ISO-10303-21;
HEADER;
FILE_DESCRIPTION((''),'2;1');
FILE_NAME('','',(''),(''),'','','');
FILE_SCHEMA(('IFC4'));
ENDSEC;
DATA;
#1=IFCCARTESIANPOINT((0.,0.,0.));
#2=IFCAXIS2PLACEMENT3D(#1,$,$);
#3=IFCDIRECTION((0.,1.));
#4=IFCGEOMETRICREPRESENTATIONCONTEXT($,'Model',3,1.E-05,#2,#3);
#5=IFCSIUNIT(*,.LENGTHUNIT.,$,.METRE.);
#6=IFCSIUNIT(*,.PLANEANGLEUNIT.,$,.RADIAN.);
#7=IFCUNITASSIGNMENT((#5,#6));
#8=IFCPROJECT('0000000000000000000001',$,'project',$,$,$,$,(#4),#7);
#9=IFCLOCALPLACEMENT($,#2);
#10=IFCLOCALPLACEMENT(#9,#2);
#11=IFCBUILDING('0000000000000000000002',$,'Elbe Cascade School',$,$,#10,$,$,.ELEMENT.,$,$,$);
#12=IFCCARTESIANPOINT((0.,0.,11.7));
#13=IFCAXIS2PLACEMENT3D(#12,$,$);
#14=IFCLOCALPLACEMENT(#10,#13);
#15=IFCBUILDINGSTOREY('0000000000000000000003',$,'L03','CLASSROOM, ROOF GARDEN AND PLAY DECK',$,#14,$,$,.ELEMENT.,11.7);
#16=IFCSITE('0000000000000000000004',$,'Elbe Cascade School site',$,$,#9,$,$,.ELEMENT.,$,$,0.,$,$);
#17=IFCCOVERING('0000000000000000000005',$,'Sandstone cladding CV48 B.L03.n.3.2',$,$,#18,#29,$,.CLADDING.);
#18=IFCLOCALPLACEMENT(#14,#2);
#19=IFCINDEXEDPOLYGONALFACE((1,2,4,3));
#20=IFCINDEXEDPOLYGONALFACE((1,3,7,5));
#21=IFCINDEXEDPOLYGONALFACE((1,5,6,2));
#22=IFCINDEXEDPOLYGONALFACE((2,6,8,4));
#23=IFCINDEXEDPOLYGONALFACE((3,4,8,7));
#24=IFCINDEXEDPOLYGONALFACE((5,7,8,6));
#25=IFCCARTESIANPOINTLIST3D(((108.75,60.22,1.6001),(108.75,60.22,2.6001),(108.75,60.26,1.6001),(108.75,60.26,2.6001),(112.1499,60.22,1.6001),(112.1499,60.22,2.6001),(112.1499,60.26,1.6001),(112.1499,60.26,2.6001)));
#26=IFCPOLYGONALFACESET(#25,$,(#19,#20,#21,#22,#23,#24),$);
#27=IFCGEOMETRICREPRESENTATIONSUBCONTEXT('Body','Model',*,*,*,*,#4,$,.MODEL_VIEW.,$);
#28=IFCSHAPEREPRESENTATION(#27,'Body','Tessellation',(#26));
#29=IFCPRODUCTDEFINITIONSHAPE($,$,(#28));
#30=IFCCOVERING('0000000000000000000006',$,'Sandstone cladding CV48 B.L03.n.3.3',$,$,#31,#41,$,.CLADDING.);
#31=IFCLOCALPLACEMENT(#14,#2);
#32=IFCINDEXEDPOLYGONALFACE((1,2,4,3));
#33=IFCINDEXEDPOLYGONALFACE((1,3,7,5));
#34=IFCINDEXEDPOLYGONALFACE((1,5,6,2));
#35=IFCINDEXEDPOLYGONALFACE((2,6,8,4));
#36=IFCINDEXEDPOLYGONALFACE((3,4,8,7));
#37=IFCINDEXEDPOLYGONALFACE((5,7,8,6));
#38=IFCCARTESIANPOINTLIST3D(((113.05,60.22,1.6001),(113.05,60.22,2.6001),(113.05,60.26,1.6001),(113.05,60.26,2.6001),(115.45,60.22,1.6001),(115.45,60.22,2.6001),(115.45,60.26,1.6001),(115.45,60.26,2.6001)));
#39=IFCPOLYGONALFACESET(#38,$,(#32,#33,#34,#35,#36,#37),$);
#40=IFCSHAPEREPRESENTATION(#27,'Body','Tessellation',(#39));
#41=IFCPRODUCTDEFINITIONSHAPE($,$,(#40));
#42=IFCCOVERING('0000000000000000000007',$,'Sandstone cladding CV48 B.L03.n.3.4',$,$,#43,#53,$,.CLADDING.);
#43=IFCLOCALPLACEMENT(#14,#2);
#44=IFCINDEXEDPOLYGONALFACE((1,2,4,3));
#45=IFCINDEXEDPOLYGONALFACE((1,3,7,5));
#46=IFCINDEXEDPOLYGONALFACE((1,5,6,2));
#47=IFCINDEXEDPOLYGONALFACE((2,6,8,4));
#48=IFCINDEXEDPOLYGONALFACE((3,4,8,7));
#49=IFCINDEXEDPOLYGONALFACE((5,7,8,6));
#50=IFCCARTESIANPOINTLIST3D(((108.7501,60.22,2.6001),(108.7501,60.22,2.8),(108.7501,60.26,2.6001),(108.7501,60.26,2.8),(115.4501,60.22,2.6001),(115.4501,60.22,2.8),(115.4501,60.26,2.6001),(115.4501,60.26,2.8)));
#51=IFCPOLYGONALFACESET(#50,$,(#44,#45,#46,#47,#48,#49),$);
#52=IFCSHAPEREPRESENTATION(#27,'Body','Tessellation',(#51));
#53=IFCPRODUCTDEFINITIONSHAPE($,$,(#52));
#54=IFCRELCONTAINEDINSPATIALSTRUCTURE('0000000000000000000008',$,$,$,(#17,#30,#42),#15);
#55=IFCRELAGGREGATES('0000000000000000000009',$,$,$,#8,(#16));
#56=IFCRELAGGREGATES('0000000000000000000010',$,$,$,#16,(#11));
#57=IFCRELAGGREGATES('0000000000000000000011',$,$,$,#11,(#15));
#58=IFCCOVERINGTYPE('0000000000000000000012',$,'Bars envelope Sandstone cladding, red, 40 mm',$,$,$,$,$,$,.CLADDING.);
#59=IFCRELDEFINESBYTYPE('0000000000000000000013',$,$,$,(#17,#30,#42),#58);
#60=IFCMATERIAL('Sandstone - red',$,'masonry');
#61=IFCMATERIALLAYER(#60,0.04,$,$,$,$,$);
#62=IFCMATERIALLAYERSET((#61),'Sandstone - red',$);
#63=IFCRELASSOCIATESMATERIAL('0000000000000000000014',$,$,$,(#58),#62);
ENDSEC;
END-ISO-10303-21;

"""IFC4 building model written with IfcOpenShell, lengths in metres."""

from ifc_helpers import new_model, si_unit, direction, frame, origin, origin_2d, place, context, subcontext, project, spatial, rectangle, extrude, material, layer, layer_set, type_object, element, save


model = new_model("IFC4")

# Units and contexts
model_context = context("Model", 3, precision=1e-05, world=origin(), true_north=direction((0.0, 1.0)))
body_context = subcontext(model_context, "Body", "Model", "MODEL_VIEW")
ifc_project = project(units=[si_unit("LENGTHUNIT", "METRE"), si_unit("PLANEANGLEUNIT", "RADIAN")], contexts=[model_context])

# Site, building, storey
site_placement = place(None, origin())
site = spatial("IfcSite", under=ifc_project, at=site_placement, Name="Elbe Cascade School site", CompositionType="ELEMENT", RefElevation=0.0)
building_placement = place(site_placement, origin())
building = spatial("IfcBuilding", under=site, at=building_placement, Name="Elbe Cascade School", CompositionType="ELEMENT")
storey_placement = place(building_placement, frame((0.0, 0.0, 11.7)))
storey = spatial("IfcBuildingStorey", under=building, at=storey_placement, Name="L03", Description="CLASSROOM, ROOF GARDEN AND PLAY DECK", CompositionType="ELEMENT", Elevation=11.7)

# Coverings
ifc_material_1 = material(Name="Sandstone - red", Category="masonry")
ifc_layer_1 = layer(ifc_material_1, 0.04)
ifc_layer_set_1 = layer_set([ifc_layer_1], Name="Sandstone - red")
covering_type_1 = type_object("IfcCoveringType", Name="Bars envelope Sandstone cladding, red, 40 mm", PredefinedType="CLADDING", material=ifc_layer_set_1)
covering_1_placement = place(storey_placement, frame((110.45, 60.24, 1.6001), z_axis=(0.0, 0.0, 1.0), x_axis=(1.0, 0.0, 0.0)))
element("IfcCovering", 1, at=covering_1_placement, inside=storey, type_object=covering_type_1, Name="Sandstone cladding CV48 B.L03.n.3.2", PredefinedType="CLADDING", context=body_context, shape_type="SweptSolid", body=[
    extrude(rectangle(XDim=3.3999, YDim=0.04, at=origin_2d()), origin(), (0.0, 0.0, 1.0), 1.0),
])
covering_2_placement = place(storey_placement, frame((114.25, 60.24, 1.6001), z_axis=(0.0, 0.0, 1.0), x_axis=(1.0, 0.0, 0.0)))
element("IfcCovering", 2, at=covering_2_placement, inside=storey, type_object=covering_type_1, Name="Sandstone cladding CV48 B.L03.n.3.3", PredefinedType="CLADDING", context=body_context, shape_type="SweptSolid", body=[
    extrude(rectangle(XDim=2.3999, YDim=0.04, at=origin_2d()), origin(), (0.0, 0.0, 1.0), 1.0),
])
covering_3_placement = place(storey_placement, frame((112.1001, 60.24, 2.6001), z_axis=(0.0, 0.0, 1.0), x_axis=(1.0, 0.0, 0.0)))
element("IfcCovering", 3, at=covering_3_placement, inside=storey, type_object=covering_type_1, Name="Sandstone cladding CV48 B.L03.n.3.4", PredefinedType="CLADDING", context=body_context, shape_type="SweptSolid", body=[
    extrude(rectangle(XDim=6.7, YDim=0.04, at=origin_2d()), origin(), (0.0, 0.0, 1.0), 0.2),
])

save(model, "model.ifc")
